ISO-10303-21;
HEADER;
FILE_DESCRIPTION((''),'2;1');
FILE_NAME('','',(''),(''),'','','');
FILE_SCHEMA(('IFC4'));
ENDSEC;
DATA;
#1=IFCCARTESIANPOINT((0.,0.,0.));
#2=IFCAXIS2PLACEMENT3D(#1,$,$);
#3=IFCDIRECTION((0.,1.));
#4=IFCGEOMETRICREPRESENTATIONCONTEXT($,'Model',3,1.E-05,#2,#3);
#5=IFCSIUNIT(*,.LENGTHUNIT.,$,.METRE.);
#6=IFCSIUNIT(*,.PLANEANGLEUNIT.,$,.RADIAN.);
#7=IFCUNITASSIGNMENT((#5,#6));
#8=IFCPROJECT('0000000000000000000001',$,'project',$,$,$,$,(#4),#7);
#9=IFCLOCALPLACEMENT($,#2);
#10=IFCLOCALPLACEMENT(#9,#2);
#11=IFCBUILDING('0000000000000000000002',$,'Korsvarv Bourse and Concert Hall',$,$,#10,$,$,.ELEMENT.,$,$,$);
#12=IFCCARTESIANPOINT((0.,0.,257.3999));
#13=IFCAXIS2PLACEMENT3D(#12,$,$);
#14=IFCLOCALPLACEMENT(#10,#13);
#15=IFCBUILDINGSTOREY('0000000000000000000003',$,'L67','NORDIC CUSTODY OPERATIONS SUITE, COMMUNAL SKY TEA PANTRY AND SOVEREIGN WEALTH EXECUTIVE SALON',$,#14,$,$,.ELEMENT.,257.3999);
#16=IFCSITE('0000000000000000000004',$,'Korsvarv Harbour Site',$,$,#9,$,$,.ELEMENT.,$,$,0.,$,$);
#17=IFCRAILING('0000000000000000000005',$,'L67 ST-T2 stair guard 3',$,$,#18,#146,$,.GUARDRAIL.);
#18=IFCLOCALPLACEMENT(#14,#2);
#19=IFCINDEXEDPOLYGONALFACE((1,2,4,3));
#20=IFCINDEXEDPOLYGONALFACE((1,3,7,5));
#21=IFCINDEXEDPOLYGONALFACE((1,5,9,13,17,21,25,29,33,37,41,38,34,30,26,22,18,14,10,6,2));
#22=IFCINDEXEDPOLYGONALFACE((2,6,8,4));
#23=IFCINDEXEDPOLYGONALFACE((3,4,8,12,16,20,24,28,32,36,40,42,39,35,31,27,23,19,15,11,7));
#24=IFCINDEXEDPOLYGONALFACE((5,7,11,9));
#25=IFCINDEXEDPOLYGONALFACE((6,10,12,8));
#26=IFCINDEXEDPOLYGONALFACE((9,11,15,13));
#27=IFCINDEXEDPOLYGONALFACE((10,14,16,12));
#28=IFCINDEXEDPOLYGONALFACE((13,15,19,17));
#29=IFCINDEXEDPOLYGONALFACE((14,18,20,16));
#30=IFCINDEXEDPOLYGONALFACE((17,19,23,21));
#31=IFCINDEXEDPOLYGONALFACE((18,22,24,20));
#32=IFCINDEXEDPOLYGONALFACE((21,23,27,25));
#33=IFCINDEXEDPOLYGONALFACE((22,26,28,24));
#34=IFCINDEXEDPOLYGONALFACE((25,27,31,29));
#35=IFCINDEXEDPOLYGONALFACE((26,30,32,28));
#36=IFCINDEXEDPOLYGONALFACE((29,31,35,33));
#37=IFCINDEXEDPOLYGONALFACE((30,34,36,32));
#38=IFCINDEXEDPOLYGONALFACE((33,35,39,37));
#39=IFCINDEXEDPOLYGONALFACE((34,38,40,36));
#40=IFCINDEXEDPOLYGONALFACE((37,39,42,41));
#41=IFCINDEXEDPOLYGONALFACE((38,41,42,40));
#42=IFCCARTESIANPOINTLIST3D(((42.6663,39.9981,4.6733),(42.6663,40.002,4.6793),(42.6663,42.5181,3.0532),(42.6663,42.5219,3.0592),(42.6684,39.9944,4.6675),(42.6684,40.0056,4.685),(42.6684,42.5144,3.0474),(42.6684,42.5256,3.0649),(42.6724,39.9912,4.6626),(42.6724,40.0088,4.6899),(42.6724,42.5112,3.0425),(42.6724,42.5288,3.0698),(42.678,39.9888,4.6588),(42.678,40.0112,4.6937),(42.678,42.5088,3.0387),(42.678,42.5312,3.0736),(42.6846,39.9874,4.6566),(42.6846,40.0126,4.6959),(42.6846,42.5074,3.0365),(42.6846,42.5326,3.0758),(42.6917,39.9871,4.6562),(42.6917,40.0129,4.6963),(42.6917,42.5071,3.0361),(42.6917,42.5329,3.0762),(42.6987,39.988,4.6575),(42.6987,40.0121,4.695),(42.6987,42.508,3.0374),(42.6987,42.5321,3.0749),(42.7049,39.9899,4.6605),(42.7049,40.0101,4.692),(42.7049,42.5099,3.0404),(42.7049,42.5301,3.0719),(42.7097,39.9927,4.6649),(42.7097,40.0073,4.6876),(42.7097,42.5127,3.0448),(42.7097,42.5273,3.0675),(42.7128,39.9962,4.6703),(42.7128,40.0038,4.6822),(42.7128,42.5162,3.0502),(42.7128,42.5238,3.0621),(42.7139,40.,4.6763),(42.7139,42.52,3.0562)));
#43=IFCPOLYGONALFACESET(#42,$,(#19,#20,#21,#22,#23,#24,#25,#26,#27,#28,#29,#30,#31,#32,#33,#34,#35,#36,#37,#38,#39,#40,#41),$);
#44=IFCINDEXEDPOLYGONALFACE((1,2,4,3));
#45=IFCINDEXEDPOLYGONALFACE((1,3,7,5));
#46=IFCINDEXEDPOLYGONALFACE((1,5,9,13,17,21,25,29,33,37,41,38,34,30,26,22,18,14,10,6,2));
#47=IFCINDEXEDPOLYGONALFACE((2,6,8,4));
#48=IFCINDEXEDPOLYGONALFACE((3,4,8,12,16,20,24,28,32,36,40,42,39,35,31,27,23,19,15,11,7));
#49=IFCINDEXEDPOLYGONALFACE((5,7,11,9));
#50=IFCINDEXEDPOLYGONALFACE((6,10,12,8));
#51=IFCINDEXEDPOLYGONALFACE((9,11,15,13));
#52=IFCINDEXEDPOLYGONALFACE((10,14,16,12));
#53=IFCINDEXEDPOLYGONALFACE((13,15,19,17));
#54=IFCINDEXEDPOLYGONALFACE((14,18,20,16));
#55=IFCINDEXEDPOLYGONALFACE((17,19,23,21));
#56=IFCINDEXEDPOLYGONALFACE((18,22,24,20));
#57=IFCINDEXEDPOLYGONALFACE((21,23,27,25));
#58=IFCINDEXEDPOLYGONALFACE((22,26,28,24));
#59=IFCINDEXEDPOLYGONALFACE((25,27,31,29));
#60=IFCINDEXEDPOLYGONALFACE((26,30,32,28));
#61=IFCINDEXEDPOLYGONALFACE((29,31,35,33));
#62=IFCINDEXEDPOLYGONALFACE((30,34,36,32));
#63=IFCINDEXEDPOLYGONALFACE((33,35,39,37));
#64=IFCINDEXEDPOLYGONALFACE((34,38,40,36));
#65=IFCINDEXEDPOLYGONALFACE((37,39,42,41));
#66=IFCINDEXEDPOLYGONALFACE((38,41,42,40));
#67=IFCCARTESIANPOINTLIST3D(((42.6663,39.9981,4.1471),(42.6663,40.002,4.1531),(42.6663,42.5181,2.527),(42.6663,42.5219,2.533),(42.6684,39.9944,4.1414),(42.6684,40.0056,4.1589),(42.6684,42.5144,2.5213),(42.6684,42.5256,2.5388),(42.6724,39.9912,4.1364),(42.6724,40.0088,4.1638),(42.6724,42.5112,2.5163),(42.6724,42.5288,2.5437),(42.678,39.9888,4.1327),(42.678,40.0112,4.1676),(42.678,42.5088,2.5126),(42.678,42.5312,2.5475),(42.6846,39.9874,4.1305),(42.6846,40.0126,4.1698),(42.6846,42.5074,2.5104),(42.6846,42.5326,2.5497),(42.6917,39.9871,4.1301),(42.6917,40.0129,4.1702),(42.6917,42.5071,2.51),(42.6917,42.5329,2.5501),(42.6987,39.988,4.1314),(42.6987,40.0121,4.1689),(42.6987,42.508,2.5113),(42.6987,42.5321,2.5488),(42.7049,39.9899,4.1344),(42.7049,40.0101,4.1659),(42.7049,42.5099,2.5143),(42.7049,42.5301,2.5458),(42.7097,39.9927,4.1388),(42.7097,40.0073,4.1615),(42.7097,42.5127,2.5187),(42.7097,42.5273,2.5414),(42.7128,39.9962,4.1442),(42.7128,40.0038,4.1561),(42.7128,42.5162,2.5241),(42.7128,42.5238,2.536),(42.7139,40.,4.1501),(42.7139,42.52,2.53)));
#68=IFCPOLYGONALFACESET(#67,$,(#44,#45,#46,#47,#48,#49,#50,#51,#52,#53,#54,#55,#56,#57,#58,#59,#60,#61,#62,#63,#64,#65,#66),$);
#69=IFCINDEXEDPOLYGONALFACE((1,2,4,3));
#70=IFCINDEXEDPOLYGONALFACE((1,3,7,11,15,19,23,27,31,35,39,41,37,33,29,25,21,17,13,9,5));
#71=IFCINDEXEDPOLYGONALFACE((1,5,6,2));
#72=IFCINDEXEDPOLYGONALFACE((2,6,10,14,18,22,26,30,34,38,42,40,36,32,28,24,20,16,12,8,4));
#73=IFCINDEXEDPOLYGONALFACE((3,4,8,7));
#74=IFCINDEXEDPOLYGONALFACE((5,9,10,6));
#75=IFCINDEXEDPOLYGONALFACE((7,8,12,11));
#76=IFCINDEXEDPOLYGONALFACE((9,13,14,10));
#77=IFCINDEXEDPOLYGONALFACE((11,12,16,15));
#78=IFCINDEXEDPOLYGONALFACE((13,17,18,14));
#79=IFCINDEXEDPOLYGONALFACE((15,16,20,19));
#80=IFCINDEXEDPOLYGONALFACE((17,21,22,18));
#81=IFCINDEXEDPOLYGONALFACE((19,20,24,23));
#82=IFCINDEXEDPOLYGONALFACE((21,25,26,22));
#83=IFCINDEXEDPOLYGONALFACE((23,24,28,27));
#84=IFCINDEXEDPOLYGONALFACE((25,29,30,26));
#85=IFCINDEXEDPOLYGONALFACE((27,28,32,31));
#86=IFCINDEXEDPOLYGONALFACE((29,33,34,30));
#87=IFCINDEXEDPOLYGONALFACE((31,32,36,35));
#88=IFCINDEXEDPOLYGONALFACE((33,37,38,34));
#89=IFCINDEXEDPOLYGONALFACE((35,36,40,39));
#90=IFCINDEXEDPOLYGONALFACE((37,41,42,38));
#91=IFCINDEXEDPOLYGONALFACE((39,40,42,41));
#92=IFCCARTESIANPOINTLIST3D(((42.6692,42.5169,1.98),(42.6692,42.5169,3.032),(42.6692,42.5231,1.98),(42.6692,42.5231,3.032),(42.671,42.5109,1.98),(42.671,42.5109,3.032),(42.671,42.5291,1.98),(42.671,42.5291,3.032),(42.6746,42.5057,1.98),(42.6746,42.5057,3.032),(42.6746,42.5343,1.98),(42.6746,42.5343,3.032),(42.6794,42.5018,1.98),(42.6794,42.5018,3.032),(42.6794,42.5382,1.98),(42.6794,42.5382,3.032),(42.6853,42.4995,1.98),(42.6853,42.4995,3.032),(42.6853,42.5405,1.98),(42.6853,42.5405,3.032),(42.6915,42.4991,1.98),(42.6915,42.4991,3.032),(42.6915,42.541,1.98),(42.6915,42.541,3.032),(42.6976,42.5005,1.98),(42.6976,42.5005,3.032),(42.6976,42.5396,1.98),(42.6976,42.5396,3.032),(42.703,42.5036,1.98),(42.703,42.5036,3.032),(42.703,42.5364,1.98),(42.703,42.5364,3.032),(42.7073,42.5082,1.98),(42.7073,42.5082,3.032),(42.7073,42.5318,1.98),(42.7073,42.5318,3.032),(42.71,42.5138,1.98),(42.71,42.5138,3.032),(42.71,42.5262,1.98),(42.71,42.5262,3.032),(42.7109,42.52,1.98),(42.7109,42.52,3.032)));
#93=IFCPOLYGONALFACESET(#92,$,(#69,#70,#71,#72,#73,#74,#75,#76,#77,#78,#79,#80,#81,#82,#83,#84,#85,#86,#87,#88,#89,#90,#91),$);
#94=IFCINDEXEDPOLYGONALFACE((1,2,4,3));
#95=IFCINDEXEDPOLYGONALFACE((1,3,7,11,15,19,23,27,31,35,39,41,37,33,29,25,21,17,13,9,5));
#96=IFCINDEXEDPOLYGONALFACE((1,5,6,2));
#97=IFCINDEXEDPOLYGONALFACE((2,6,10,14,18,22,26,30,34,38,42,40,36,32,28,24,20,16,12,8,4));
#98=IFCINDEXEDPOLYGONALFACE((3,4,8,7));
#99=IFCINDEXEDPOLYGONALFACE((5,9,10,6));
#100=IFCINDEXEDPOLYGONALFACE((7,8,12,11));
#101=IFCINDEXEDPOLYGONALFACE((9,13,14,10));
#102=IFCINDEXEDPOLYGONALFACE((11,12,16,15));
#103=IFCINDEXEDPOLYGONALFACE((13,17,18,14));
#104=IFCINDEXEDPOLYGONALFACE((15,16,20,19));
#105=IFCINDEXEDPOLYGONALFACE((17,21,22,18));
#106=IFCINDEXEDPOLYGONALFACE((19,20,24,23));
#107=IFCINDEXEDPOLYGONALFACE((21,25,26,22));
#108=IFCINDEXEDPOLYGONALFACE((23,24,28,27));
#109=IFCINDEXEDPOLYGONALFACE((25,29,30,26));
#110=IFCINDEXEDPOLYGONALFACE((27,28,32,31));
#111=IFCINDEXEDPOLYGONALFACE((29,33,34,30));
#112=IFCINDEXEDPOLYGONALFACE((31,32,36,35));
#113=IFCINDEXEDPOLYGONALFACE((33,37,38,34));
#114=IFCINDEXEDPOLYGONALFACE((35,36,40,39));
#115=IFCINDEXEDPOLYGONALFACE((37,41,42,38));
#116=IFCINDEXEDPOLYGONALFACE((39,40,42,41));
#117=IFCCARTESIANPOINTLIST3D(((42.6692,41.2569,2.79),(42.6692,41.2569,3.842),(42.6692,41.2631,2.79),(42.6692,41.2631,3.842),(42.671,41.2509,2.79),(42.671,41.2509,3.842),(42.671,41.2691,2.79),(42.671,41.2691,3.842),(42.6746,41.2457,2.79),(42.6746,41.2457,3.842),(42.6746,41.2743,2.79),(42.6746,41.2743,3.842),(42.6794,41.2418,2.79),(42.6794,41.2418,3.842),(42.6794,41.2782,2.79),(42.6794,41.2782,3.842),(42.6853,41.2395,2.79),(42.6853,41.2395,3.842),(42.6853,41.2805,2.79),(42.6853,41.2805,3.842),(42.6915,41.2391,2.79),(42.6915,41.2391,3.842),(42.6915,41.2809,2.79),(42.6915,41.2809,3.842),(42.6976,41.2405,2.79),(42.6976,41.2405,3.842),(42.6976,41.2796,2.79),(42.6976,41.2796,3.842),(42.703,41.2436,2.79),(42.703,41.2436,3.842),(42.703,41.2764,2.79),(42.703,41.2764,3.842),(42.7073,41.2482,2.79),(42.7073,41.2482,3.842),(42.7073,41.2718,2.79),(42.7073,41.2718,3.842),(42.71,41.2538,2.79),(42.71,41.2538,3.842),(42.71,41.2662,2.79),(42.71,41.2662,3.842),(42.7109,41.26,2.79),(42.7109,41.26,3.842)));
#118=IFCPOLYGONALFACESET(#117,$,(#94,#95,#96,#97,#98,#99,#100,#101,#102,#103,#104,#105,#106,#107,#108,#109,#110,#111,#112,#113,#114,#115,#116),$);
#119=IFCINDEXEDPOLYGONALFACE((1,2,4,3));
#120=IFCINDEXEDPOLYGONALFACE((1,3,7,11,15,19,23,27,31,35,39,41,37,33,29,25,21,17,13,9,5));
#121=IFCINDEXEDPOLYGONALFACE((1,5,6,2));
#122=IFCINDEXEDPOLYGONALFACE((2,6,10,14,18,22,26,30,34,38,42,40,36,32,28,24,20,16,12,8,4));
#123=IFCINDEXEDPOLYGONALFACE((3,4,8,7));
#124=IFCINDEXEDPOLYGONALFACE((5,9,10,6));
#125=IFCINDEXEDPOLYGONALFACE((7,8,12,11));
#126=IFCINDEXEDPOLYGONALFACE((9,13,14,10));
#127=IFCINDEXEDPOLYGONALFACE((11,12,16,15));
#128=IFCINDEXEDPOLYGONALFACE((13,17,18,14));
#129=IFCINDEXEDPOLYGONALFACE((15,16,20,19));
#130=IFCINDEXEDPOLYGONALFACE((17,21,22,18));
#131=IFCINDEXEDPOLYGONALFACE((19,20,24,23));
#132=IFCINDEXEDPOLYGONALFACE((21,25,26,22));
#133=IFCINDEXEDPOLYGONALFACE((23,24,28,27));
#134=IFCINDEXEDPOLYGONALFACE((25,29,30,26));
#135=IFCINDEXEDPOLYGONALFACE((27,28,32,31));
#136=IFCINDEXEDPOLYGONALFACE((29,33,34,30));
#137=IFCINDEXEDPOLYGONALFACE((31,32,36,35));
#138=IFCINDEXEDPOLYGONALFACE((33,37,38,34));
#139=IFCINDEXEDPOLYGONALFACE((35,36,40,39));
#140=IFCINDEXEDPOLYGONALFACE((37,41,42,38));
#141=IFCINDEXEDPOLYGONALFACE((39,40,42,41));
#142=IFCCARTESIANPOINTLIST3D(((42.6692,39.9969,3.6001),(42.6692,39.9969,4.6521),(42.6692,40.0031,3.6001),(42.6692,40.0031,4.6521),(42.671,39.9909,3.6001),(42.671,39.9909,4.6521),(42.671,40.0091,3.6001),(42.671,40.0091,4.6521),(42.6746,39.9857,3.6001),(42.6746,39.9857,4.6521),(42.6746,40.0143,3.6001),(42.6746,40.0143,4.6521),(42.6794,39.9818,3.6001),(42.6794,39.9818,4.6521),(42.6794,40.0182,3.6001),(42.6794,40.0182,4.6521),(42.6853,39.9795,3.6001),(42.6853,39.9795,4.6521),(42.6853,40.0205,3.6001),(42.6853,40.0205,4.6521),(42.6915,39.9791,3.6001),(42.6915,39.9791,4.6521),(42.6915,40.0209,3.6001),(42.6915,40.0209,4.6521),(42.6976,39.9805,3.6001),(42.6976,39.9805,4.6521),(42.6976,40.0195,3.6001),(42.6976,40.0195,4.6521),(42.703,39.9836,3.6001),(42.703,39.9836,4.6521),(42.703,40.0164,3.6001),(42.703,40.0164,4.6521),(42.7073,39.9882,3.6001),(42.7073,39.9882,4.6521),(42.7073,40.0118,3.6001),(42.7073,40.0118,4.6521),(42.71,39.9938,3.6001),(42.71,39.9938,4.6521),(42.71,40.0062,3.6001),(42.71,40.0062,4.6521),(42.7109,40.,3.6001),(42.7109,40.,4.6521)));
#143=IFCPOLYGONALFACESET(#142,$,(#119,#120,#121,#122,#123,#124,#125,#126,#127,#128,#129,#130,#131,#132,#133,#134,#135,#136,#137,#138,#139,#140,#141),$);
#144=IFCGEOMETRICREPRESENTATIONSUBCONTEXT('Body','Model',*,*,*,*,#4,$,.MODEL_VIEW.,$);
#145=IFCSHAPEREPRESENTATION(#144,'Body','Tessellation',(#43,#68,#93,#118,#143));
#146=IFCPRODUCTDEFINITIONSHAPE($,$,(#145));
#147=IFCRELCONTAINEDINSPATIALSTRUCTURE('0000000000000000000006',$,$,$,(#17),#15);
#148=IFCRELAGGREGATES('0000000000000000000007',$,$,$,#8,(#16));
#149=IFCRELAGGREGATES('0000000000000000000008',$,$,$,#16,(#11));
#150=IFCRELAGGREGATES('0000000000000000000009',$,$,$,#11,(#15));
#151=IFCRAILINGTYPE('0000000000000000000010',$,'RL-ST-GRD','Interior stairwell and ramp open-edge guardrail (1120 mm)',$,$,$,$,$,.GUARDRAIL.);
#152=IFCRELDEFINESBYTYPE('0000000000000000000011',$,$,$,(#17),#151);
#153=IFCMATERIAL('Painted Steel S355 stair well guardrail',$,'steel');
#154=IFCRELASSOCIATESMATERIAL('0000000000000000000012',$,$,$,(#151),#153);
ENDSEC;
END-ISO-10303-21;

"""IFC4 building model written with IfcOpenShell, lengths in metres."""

from ifc_helpers import new_model, si_unit, direction, frame, origin, origin_2d, place, context, subcontext, project, spatial, circle, extrude, material, type_object, element, save


model = new_model("IFC4")

# Units and contexts
model_context = context("Model", 3, precision=1e-05, world=origin(), true_north=direction((0.0, 1.0)))
body_context = subcontext(model_context, "Body", "Model", "MODEL_VIEW")
ifc_project = project(units=[si_unit("LENGTHUNIT", "METRE"), si_unit("PLANEANGLEUNIT", "RADIAN")], contexts=[model_context])

# Site, building, storey
site_placement = place(None, origin())
site = spatial("IfcSite", under=ifc_project, at=site_placement, Name="Korsvarv Harbour Site", CompositionType="ELEMENT", RefElevation=0.0)
building_placement = place(site_placement, origin())
building = spatial("IfcBuilding", under=site, at=building_placement, Name="Korsvarv Bourse and Concert Hall", CompositionType="ELEMENT")
storey_placement = place(building_placement, frame((0.0, 0.0, 257.3999)))
storey = spatial("IfcBuildingStorey", under=building, at=storey_placement, Name="L67", Description="NORDIC CUSTODY OPERATIONS SUITE, COMMUNAL SKY TEA PANTRY AND SOVEREIGN WEALTH EXECUTIVE SALON", CompositionType="ELEMENT", Elevation=257.3999)

# Railing
ifc_material_1 = material(Name="Painted Steel S355 stair well guardrail", Category="steel")
railing_type_1 = type_object("IfcRailingType", Name="RL-ST-GRD", Description="Interior stairwell and ramp open-edge guardrail (1120 mm)", PredefinedType="GUARDRAIL", material=ifc_material_1)
railing_1_placement = place(storey_placement, frame((42.6899, 42.52, 1.98)))
element("IfcRailing", 1, at=railing_1_placement, inside=storey, type_object=railing_type_1, Name="L67 ST-T2 stair guard 3", PredefinedType="GUARDRAIL", context=body_context, shape_type="SweptSolid", body=[
    extrude(circle(Radius=0.0239, at=origin_2d()), frame((0.0, 0.0, 1.0762), z_axis=(0.0, -0.841163, 0.540782), x_axis=(1.0, 0.0, 0.0)), (0.0, 0.0, 1.0), 2.9958),
    extrude(circle(Radius=0.0239, at=origin_2d()), frame((0.0, 0.0, 0.55), z_axis=(0.0, -0.841163, 0.540782), x_axis=(1.0, 0.0, 0.0)), (0.0, 0.0, 1.0), 2.9958),
    extrude(circle(Radius=0.021, at=origin_2d()), origin(), (0.0, 0.0, 1.0), 1.052),
    extrude(circle(Radius=0.021, at=origin_2d()), frame((0.0, -1.26, 0.8101)), (0.0, 0.0, 1.0), 1.052),
    extrude(circle(Radius=0.021, at=origin_2d()), frame((0.0, -2.52, 1.6201)), (0.0, 0.0, 1.0), 1.052),
])

save(model, "model.ifc")
